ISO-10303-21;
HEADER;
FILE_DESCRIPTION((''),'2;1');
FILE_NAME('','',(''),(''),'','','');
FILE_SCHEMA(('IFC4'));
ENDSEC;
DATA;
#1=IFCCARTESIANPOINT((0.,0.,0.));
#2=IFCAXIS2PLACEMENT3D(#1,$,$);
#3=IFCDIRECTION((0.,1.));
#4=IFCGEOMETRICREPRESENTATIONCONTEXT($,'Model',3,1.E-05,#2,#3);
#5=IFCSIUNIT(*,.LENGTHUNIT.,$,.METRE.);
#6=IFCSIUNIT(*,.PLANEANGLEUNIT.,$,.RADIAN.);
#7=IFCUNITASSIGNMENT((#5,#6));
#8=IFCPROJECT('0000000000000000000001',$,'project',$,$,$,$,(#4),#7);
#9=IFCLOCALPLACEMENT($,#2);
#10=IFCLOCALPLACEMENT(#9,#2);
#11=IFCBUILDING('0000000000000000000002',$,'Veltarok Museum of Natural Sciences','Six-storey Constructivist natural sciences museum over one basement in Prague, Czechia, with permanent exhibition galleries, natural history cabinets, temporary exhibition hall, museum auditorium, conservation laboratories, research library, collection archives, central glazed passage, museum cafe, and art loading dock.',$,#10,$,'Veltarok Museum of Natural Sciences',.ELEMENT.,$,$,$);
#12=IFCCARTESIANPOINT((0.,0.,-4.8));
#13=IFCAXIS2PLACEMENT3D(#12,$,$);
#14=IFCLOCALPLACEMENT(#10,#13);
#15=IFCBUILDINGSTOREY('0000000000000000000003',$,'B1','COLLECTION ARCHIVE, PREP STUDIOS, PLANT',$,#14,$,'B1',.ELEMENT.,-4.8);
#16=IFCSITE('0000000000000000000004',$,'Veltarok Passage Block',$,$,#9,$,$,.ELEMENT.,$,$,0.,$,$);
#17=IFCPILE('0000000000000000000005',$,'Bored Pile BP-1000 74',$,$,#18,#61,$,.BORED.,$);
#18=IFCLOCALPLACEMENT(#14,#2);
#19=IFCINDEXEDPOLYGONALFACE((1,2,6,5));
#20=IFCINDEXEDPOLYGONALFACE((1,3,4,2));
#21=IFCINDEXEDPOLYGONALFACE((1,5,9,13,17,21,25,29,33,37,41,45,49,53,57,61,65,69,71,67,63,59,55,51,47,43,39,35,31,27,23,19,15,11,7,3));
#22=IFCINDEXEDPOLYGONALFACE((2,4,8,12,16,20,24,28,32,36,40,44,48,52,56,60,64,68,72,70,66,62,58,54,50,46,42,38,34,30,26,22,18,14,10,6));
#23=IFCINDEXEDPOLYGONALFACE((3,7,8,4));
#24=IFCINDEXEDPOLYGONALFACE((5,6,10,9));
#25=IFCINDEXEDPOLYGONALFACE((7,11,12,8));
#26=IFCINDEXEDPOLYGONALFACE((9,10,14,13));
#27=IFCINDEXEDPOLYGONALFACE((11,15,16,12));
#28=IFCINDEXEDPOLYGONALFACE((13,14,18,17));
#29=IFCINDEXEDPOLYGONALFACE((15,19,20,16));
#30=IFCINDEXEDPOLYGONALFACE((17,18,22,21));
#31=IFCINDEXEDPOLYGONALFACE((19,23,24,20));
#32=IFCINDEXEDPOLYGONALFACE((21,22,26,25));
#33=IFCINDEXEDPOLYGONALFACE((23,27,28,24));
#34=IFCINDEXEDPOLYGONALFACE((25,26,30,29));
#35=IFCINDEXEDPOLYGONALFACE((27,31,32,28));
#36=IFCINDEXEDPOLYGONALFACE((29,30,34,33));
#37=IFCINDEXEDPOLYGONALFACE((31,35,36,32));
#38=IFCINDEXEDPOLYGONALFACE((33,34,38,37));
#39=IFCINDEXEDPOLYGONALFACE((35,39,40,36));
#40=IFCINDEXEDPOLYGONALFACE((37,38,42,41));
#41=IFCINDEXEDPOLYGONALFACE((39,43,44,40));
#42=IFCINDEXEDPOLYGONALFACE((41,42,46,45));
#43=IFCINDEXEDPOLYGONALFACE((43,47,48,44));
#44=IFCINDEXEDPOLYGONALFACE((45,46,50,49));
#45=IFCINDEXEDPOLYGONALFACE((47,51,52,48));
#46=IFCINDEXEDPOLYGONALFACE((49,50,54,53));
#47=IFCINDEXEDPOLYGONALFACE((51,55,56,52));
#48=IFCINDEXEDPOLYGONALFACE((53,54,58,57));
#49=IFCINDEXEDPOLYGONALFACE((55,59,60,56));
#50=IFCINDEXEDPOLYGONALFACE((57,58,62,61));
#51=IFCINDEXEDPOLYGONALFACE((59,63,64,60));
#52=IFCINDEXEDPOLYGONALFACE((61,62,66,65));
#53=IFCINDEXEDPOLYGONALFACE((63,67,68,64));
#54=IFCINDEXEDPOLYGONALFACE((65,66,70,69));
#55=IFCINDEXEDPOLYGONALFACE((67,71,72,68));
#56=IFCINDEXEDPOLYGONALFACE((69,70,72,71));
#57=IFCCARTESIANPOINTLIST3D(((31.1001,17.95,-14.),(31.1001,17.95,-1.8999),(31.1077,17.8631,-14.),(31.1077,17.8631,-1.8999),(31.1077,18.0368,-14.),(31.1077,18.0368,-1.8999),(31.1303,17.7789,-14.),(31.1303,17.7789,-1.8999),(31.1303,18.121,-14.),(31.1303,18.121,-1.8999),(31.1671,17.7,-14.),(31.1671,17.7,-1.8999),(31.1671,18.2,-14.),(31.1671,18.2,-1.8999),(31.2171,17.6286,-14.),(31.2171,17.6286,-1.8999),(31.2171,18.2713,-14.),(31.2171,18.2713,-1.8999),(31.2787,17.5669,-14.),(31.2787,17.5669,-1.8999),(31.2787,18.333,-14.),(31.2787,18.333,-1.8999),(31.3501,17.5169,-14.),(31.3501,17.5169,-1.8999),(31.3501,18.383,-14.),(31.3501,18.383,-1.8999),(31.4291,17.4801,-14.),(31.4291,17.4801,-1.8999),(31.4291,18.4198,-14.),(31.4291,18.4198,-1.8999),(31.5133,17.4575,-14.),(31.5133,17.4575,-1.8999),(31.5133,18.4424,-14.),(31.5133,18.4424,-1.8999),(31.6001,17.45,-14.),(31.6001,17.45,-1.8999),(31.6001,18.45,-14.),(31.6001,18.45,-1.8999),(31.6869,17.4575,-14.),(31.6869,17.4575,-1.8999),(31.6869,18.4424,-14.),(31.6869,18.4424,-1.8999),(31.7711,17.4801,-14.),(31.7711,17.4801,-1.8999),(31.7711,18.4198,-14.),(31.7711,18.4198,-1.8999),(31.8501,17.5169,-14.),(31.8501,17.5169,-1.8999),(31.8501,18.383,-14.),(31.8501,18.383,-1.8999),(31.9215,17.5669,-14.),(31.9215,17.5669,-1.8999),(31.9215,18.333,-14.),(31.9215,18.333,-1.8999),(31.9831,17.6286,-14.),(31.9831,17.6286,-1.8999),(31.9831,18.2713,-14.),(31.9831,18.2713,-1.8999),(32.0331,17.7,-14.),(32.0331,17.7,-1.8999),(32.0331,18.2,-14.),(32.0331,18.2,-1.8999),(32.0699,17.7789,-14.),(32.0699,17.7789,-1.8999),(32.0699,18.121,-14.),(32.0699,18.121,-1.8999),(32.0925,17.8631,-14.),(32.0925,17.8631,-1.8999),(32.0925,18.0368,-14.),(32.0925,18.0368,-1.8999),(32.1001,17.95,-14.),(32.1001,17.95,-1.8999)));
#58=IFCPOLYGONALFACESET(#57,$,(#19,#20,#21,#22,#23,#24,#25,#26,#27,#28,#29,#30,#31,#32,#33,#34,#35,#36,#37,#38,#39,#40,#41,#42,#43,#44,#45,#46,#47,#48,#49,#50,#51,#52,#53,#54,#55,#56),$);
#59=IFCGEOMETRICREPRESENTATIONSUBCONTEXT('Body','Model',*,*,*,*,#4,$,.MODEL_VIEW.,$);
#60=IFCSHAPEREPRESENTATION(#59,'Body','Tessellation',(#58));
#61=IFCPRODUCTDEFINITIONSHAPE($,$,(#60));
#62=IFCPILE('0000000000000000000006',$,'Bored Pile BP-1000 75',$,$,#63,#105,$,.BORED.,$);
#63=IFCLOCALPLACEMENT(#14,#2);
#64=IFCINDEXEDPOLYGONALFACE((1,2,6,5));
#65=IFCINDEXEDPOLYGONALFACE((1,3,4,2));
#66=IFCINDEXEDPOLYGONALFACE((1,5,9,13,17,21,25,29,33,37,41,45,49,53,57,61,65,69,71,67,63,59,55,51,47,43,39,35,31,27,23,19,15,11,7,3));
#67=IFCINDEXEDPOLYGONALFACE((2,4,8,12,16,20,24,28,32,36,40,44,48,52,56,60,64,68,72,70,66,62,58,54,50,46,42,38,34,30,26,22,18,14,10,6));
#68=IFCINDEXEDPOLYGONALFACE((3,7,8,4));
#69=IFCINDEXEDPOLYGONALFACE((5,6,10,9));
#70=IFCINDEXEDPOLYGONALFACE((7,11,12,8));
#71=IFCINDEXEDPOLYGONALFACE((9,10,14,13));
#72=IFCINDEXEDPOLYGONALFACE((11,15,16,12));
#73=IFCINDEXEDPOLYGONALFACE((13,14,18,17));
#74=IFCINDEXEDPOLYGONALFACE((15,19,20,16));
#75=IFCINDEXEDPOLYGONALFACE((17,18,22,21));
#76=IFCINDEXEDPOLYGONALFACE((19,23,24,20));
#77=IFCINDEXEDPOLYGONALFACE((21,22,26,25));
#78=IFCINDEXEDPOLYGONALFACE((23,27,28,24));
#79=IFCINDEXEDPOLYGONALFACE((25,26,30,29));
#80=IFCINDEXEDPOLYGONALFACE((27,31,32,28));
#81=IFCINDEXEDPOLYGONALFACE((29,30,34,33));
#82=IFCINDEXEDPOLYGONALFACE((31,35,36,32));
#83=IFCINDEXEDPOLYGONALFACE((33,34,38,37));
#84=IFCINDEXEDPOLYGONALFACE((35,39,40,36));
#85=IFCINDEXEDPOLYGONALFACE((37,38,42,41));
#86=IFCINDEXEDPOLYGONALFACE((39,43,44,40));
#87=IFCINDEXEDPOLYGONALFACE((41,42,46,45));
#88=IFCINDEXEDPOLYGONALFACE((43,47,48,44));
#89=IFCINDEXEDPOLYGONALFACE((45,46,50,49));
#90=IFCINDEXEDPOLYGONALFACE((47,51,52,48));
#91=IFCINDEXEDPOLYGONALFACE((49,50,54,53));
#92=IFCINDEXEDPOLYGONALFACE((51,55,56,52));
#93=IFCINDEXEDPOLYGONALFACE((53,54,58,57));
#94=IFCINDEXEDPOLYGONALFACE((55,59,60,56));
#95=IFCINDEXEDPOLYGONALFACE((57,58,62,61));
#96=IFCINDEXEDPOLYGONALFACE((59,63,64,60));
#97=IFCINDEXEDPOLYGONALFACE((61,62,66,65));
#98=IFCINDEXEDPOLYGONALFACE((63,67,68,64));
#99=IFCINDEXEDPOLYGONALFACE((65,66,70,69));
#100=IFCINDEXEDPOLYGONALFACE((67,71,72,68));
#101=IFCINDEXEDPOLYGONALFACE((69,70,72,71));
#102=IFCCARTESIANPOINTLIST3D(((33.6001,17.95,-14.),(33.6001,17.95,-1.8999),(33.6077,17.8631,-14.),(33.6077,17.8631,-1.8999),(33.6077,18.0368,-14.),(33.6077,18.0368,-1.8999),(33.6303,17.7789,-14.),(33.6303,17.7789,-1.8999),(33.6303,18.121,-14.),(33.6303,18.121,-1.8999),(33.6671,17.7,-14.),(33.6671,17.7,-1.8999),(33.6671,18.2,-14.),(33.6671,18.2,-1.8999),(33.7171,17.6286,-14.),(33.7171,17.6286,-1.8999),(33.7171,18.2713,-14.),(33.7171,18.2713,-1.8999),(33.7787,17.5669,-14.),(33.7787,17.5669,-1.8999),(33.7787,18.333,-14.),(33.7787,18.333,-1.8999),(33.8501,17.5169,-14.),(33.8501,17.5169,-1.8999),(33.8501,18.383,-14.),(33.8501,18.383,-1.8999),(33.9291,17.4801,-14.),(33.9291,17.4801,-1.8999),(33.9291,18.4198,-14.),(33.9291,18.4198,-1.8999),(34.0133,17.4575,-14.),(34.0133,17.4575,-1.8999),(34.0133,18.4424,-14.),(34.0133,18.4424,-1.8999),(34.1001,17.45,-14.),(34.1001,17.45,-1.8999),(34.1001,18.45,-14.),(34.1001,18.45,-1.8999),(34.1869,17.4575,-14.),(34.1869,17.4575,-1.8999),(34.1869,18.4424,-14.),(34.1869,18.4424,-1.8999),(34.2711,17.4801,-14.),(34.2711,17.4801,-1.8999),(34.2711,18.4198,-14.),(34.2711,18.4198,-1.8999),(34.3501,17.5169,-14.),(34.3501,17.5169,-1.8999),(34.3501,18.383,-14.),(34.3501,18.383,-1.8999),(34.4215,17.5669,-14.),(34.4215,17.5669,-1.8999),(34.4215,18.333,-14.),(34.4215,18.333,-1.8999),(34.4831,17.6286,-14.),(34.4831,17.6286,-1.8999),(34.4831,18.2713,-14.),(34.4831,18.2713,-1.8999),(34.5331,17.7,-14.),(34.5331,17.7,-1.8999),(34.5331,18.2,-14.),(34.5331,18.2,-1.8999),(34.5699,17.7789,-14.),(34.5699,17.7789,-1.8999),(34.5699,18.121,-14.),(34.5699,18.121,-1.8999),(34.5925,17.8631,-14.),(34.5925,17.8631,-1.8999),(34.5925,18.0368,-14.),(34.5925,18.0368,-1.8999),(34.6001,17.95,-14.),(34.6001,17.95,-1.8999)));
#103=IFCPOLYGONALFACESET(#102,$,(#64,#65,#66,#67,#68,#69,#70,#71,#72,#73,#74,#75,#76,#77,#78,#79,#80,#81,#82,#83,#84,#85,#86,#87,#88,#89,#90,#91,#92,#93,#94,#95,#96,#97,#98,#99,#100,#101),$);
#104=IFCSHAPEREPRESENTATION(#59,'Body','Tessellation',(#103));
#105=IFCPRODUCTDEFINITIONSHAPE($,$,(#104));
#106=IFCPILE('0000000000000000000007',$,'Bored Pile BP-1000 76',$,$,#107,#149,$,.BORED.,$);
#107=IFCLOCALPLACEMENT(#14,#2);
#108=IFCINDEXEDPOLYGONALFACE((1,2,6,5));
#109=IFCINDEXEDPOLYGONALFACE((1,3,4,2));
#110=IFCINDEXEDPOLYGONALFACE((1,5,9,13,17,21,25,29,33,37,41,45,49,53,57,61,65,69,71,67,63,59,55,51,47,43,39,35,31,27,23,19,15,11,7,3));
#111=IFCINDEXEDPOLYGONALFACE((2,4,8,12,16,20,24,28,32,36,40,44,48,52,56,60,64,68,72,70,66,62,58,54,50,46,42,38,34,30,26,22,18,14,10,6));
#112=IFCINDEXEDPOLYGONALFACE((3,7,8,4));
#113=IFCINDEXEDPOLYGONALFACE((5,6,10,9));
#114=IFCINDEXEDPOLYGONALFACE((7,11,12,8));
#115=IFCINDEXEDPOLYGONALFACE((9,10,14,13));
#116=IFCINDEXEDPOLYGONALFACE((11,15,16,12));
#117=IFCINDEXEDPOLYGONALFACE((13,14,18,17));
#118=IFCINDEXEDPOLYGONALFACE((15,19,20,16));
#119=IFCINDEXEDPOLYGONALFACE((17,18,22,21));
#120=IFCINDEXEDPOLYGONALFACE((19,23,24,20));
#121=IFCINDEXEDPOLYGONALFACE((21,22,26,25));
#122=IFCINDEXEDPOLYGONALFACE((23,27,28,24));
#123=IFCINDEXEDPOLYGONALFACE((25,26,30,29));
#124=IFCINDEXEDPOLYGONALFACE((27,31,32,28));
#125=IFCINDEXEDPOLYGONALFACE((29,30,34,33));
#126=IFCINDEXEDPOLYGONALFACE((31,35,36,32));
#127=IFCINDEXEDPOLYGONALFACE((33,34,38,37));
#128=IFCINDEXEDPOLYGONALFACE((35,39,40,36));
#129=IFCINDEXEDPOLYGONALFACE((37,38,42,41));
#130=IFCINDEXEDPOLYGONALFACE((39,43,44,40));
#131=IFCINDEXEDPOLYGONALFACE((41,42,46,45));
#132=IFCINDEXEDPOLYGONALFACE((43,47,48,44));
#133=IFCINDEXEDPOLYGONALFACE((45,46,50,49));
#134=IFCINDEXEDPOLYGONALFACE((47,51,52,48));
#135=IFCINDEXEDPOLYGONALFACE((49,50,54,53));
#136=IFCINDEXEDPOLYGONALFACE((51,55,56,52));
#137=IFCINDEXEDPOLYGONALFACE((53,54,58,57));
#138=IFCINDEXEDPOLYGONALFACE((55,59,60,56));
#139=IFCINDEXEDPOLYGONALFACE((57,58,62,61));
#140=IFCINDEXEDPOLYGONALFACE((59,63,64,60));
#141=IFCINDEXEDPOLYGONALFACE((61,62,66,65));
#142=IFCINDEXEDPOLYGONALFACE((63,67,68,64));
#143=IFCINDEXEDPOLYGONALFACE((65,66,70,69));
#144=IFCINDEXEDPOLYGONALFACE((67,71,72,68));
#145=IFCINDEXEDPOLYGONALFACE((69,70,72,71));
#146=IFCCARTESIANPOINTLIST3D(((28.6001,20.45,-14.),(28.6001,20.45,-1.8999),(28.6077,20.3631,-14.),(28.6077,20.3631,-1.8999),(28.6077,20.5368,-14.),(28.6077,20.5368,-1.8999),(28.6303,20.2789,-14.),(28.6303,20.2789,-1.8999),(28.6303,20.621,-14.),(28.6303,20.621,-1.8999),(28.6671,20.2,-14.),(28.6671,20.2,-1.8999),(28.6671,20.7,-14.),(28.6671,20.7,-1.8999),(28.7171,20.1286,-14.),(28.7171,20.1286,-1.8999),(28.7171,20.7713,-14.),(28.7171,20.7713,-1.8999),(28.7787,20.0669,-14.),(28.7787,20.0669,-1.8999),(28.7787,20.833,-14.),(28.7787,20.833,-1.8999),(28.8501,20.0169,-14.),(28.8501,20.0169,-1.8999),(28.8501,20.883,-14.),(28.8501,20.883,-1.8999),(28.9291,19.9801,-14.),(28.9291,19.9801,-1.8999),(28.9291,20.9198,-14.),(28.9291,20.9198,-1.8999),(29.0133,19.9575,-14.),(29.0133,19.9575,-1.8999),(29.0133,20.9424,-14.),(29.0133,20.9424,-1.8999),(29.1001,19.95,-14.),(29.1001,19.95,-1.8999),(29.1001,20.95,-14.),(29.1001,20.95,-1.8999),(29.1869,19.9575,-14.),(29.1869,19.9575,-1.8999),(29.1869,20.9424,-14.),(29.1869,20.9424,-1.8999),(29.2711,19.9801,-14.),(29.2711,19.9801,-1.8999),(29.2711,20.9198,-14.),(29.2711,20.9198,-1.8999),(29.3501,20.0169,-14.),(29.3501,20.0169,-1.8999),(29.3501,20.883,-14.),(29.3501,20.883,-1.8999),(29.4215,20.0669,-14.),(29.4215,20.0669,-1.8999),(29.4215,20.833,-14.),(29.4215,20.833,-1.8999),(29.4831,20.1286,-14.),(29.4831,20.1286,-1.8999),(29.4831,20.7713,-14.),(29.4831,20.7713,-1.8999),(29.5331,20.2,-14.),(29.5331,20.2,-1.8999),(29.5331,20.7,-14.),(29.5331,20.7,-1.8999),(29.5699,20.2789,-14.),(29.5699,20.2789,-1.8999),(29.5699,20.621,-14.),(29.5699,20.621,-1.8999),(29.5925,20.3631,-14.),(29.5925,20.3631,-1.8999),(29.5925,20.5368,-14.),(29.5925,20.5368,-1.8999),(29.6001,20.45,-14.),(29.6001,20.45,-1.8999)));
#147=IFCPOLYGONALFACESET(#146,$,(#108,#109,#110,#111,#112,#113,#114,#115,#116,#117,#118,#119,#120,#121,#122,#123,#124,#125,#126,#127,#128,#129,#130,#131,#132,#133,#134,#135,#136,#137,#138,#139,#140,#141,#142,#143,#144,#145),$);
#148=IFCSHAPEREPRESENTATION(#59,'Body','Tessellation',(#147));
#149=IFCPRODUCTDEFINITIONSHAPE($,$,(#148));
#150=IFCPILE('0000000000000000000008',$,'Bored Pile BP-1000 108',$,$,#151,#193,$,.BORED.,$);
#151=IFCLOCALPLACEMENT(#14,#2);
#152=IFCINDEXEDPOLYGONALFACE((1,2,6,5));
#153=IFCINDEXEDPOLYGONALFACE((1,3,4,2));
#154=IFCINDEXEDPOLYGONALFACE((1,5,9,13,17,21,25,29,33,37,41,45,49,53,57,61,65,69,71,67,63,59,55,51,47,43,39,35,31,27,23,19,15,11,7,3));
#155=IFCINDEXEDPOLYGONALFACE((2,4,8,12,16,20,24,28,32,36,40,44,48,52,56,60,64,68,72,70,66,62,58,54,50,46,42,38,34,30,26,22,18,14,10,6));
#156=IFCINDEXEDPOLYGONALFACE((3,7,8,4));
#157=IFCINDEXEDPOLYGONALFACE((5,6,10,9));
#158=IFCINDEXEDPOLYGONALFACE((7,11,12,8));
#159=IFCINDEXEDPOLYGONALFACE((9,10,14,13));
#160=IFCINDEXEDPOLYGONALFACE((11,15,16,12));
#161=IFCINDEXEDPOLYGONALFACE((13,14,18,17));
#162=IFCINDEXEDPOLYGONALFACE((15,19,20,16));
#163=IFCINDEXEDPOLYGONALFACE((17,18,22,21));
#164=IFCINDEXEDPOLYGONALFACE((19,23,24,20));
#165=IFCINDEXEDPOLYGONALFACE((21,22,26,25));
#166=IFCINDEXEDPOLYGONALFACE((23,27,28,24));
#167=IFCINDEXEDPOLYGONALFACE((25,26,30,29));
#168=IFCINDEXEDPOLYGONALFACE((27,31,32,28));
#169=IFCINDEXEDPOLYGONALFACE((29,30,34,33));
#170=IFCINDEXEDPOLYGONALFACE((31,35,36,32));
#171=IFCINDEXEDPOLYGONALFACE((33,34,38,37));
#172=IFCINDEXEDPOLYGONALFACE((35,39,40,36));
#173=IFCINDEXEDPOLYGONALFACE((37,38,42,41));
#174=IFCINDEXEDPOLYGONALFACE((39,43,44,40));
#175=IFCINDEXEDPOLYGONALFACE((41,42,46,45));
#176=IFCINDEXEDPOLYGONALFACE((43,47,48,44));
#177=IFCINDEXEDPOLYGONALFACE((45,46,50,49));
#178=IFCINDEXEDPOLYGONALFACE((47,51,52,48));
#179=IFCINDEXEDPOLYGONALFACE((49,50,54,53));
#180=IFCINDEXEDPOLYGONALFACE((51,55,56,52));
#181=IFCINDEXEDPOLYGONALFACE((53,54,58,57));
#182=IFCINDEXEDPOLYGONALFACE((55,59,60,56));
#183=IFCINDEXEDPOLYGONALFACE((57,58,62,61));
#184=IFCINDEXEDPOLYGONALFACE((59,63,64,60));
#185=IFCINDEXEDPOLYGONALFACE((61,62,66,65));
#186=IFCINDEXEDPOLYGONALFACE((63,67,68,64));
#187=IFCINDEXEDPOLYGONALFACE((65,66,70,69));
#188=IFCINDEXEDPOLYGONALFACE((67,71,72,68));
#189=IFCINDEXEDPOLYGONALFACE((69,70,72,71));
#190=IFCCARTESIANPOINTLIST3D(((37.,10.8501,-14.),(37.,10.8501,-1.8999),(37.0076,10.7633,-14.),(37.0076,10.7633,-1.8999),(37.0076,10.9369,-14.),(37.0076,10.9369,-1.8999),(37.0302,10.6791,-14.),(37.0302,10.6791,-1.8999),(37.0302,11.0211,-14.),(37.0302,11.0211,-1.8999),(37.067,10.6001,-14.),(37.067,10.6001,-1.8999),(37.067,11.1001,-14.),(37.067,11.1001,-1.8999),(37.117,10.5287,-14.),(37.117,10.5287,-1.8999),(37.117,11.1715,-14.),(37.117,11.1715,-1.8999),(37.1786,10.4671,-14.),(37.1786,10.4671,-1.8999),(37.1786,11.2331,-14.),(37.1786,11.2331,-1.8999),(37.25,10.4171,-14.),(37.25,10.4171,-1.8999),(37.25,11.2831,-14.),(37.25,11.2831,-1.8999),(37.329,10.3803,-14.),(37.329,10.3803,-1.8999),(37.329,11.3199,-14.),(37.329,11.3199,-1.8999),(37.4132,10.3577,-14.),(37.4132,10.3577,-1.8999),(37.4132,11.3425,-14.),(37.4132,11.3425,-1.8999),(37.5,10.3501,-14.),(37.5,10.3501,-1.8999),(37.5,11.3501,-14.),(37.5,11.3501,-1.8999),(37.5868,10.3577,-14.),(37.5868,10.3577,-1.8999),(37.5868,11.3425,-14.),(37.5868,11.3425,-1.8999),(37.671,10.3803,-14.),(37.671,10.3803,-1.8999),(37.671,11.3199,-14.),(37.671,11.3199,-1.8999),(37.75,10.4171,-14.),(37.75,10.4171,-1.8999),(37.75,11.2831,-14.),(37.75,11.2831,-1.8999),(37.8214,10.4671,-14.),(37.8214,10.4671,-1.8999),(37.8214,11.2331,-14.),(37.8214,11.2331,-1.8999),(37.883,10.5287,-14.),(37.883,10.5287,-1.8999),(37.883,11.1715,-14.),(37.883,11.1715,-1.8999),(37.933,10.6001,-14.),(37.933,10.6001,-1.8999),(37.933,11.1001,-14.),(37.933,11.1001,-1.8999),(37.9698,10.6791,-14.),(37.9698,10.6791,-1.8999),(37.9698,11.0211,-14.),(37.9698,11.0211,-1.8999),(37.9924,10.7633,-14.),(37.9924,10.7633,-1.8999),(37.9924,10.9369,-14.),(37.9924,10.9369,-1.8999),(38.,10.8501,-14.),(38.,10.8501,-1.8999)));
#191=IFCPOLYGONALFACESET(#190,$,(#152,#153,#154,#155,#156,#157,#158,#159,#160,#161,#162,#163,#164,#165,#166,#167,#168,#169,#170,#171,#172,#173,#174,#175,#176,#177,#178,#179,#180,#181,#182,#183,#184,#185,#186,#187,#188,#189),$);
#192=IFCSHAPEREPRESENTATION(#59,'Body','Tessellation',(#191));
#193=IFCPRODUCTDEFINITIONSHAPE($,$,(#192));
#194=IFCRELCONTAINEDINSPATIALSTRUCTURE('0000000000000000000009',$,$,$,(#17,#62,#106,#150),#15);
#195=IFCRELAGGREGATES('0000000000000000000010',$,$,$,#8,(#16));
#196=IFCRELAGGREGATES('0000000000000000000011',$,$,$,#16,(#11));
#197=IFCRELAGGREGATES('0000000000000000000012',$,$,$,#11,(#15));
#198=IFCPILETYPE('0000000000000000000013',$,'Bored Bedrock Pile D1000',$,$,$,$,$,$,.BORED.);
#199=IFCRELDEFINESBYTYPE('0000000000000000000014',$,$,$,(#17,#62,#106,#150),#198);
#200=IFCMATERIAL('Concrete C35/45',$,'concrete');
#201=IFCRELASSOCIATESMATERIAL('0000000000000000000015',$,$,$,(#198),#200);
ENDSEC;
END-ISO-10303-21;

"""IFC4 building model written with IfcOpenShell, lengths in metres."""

from ifc_helpers import new_model, si_unit, direction, frame, origin, origin_2d, place, context, subcontext, project, spatial, circle, extrude, material, material_profile, profile_set, type_object, element, save


model = new_model("IFC4")

# Units and contexts
model_context = context("Model", 3, precision=1e-05, world=origin(), true_north=direction((0.0, 1.0)))
body_context = subcontext(model_context, "Body", "Model", "MODEL_VIEW")
ifc_project = project(units=[si_unit("LENGTHUNIT", "METRE"), si_unit("PLANEANGLEUNIT", "RADIAN")], contexts=[model_context])

# Site, building, storey
site_placement = place(None, origin())
site = spatial("IfcSite", under=ifc_project, at=site_placement, Name="Veltarok Passage Block", CompositionType="ELEMENT", RefElevation=0.0)
building_placement = place(site_placement, origin())
building = spatial("IfcBuilding", under=site, at=building_placement, Name="Veltarok Museum of Natural Sciences", Description="Six-storey Constructivist natural sciences museum over one basement in Prague, Czechia, with permanent exhibition galleries, natural history cabinets, temporary exhibition hall, museum auditorium, conservation laboratories, research library, collection archives, central glazed passage, museum cafe, and art loading dock.", LongName="Veltarok Museum of Natural Sciences", CompositionType="ELEMENT")
storey_placement = place(building_placement, frame((0.0, 0.0, -4.8)))
storey = spatial("IfcBuildingStorey", under=building, at=storey_placement, Name="B1", Description="COLLECTION ARCHIVE, PREP STUDIOS, PLANT", LongName="B1", CompositionType="ELEMENT", Elevation=-4.8)

# Piles
ifc_material_1 = material(Name="Concrete C35/45", Category="concrete")
ifc_material_profile_1 = material_profile(ifc_material_1, circle(Radius=0.5, at=origin_2d()), Name="BP D1000")
ifc_profile_set_1 = profile_set([ifc_material_profile_1], Name="Concrete C35/45")
pile_type_1 = type_object("IfcPileType", Name="Bored Bedrock Pile D1000", PredefinedType="BORED", material=ifc_profile_set_1)
for number, where, z_axis, x_axis, name in (
    (1, (31.6001, 17.95, -1.8999), (0.0, 0.0, -1.0), (1.0, 0.0, 0.0), "Bored Pile BP-1000 74"),
    (2, (34.1001, 17.95, -1.8999), (0.0, 0.0, -1.0), (1.0, 0.0, 0.0), "Bored Pile BP-1000 75"),
    (3, (29.1001, 20.45, -1.8999), (0.0, 0.0, -1.0), (1.0, 0.0, 0.0), "Bored Pile BP-1000 76"),
    (4, (37.5, 10.8501, -1.8999), (0.0, 0.0, -1.0), (1.0, 0.0, 0.0), "Bored Pile BP-1000 108"),
):
    element("IfcPile", number, at=place(storey_placement, frame(where, z_axis=z_axis, x_axis=x_axis)), inside=storey, type_object=pile_type_1, Name=name, PredefinedType="BORED", context=body_context, shape_type="SweptSolid", body=[
        extrude(circle(Radius=0.5, at=origin_2d()), origin(), (0.0, 0.0, 1.0), 12.1001),
    ])

save(model, "model.ifc")
